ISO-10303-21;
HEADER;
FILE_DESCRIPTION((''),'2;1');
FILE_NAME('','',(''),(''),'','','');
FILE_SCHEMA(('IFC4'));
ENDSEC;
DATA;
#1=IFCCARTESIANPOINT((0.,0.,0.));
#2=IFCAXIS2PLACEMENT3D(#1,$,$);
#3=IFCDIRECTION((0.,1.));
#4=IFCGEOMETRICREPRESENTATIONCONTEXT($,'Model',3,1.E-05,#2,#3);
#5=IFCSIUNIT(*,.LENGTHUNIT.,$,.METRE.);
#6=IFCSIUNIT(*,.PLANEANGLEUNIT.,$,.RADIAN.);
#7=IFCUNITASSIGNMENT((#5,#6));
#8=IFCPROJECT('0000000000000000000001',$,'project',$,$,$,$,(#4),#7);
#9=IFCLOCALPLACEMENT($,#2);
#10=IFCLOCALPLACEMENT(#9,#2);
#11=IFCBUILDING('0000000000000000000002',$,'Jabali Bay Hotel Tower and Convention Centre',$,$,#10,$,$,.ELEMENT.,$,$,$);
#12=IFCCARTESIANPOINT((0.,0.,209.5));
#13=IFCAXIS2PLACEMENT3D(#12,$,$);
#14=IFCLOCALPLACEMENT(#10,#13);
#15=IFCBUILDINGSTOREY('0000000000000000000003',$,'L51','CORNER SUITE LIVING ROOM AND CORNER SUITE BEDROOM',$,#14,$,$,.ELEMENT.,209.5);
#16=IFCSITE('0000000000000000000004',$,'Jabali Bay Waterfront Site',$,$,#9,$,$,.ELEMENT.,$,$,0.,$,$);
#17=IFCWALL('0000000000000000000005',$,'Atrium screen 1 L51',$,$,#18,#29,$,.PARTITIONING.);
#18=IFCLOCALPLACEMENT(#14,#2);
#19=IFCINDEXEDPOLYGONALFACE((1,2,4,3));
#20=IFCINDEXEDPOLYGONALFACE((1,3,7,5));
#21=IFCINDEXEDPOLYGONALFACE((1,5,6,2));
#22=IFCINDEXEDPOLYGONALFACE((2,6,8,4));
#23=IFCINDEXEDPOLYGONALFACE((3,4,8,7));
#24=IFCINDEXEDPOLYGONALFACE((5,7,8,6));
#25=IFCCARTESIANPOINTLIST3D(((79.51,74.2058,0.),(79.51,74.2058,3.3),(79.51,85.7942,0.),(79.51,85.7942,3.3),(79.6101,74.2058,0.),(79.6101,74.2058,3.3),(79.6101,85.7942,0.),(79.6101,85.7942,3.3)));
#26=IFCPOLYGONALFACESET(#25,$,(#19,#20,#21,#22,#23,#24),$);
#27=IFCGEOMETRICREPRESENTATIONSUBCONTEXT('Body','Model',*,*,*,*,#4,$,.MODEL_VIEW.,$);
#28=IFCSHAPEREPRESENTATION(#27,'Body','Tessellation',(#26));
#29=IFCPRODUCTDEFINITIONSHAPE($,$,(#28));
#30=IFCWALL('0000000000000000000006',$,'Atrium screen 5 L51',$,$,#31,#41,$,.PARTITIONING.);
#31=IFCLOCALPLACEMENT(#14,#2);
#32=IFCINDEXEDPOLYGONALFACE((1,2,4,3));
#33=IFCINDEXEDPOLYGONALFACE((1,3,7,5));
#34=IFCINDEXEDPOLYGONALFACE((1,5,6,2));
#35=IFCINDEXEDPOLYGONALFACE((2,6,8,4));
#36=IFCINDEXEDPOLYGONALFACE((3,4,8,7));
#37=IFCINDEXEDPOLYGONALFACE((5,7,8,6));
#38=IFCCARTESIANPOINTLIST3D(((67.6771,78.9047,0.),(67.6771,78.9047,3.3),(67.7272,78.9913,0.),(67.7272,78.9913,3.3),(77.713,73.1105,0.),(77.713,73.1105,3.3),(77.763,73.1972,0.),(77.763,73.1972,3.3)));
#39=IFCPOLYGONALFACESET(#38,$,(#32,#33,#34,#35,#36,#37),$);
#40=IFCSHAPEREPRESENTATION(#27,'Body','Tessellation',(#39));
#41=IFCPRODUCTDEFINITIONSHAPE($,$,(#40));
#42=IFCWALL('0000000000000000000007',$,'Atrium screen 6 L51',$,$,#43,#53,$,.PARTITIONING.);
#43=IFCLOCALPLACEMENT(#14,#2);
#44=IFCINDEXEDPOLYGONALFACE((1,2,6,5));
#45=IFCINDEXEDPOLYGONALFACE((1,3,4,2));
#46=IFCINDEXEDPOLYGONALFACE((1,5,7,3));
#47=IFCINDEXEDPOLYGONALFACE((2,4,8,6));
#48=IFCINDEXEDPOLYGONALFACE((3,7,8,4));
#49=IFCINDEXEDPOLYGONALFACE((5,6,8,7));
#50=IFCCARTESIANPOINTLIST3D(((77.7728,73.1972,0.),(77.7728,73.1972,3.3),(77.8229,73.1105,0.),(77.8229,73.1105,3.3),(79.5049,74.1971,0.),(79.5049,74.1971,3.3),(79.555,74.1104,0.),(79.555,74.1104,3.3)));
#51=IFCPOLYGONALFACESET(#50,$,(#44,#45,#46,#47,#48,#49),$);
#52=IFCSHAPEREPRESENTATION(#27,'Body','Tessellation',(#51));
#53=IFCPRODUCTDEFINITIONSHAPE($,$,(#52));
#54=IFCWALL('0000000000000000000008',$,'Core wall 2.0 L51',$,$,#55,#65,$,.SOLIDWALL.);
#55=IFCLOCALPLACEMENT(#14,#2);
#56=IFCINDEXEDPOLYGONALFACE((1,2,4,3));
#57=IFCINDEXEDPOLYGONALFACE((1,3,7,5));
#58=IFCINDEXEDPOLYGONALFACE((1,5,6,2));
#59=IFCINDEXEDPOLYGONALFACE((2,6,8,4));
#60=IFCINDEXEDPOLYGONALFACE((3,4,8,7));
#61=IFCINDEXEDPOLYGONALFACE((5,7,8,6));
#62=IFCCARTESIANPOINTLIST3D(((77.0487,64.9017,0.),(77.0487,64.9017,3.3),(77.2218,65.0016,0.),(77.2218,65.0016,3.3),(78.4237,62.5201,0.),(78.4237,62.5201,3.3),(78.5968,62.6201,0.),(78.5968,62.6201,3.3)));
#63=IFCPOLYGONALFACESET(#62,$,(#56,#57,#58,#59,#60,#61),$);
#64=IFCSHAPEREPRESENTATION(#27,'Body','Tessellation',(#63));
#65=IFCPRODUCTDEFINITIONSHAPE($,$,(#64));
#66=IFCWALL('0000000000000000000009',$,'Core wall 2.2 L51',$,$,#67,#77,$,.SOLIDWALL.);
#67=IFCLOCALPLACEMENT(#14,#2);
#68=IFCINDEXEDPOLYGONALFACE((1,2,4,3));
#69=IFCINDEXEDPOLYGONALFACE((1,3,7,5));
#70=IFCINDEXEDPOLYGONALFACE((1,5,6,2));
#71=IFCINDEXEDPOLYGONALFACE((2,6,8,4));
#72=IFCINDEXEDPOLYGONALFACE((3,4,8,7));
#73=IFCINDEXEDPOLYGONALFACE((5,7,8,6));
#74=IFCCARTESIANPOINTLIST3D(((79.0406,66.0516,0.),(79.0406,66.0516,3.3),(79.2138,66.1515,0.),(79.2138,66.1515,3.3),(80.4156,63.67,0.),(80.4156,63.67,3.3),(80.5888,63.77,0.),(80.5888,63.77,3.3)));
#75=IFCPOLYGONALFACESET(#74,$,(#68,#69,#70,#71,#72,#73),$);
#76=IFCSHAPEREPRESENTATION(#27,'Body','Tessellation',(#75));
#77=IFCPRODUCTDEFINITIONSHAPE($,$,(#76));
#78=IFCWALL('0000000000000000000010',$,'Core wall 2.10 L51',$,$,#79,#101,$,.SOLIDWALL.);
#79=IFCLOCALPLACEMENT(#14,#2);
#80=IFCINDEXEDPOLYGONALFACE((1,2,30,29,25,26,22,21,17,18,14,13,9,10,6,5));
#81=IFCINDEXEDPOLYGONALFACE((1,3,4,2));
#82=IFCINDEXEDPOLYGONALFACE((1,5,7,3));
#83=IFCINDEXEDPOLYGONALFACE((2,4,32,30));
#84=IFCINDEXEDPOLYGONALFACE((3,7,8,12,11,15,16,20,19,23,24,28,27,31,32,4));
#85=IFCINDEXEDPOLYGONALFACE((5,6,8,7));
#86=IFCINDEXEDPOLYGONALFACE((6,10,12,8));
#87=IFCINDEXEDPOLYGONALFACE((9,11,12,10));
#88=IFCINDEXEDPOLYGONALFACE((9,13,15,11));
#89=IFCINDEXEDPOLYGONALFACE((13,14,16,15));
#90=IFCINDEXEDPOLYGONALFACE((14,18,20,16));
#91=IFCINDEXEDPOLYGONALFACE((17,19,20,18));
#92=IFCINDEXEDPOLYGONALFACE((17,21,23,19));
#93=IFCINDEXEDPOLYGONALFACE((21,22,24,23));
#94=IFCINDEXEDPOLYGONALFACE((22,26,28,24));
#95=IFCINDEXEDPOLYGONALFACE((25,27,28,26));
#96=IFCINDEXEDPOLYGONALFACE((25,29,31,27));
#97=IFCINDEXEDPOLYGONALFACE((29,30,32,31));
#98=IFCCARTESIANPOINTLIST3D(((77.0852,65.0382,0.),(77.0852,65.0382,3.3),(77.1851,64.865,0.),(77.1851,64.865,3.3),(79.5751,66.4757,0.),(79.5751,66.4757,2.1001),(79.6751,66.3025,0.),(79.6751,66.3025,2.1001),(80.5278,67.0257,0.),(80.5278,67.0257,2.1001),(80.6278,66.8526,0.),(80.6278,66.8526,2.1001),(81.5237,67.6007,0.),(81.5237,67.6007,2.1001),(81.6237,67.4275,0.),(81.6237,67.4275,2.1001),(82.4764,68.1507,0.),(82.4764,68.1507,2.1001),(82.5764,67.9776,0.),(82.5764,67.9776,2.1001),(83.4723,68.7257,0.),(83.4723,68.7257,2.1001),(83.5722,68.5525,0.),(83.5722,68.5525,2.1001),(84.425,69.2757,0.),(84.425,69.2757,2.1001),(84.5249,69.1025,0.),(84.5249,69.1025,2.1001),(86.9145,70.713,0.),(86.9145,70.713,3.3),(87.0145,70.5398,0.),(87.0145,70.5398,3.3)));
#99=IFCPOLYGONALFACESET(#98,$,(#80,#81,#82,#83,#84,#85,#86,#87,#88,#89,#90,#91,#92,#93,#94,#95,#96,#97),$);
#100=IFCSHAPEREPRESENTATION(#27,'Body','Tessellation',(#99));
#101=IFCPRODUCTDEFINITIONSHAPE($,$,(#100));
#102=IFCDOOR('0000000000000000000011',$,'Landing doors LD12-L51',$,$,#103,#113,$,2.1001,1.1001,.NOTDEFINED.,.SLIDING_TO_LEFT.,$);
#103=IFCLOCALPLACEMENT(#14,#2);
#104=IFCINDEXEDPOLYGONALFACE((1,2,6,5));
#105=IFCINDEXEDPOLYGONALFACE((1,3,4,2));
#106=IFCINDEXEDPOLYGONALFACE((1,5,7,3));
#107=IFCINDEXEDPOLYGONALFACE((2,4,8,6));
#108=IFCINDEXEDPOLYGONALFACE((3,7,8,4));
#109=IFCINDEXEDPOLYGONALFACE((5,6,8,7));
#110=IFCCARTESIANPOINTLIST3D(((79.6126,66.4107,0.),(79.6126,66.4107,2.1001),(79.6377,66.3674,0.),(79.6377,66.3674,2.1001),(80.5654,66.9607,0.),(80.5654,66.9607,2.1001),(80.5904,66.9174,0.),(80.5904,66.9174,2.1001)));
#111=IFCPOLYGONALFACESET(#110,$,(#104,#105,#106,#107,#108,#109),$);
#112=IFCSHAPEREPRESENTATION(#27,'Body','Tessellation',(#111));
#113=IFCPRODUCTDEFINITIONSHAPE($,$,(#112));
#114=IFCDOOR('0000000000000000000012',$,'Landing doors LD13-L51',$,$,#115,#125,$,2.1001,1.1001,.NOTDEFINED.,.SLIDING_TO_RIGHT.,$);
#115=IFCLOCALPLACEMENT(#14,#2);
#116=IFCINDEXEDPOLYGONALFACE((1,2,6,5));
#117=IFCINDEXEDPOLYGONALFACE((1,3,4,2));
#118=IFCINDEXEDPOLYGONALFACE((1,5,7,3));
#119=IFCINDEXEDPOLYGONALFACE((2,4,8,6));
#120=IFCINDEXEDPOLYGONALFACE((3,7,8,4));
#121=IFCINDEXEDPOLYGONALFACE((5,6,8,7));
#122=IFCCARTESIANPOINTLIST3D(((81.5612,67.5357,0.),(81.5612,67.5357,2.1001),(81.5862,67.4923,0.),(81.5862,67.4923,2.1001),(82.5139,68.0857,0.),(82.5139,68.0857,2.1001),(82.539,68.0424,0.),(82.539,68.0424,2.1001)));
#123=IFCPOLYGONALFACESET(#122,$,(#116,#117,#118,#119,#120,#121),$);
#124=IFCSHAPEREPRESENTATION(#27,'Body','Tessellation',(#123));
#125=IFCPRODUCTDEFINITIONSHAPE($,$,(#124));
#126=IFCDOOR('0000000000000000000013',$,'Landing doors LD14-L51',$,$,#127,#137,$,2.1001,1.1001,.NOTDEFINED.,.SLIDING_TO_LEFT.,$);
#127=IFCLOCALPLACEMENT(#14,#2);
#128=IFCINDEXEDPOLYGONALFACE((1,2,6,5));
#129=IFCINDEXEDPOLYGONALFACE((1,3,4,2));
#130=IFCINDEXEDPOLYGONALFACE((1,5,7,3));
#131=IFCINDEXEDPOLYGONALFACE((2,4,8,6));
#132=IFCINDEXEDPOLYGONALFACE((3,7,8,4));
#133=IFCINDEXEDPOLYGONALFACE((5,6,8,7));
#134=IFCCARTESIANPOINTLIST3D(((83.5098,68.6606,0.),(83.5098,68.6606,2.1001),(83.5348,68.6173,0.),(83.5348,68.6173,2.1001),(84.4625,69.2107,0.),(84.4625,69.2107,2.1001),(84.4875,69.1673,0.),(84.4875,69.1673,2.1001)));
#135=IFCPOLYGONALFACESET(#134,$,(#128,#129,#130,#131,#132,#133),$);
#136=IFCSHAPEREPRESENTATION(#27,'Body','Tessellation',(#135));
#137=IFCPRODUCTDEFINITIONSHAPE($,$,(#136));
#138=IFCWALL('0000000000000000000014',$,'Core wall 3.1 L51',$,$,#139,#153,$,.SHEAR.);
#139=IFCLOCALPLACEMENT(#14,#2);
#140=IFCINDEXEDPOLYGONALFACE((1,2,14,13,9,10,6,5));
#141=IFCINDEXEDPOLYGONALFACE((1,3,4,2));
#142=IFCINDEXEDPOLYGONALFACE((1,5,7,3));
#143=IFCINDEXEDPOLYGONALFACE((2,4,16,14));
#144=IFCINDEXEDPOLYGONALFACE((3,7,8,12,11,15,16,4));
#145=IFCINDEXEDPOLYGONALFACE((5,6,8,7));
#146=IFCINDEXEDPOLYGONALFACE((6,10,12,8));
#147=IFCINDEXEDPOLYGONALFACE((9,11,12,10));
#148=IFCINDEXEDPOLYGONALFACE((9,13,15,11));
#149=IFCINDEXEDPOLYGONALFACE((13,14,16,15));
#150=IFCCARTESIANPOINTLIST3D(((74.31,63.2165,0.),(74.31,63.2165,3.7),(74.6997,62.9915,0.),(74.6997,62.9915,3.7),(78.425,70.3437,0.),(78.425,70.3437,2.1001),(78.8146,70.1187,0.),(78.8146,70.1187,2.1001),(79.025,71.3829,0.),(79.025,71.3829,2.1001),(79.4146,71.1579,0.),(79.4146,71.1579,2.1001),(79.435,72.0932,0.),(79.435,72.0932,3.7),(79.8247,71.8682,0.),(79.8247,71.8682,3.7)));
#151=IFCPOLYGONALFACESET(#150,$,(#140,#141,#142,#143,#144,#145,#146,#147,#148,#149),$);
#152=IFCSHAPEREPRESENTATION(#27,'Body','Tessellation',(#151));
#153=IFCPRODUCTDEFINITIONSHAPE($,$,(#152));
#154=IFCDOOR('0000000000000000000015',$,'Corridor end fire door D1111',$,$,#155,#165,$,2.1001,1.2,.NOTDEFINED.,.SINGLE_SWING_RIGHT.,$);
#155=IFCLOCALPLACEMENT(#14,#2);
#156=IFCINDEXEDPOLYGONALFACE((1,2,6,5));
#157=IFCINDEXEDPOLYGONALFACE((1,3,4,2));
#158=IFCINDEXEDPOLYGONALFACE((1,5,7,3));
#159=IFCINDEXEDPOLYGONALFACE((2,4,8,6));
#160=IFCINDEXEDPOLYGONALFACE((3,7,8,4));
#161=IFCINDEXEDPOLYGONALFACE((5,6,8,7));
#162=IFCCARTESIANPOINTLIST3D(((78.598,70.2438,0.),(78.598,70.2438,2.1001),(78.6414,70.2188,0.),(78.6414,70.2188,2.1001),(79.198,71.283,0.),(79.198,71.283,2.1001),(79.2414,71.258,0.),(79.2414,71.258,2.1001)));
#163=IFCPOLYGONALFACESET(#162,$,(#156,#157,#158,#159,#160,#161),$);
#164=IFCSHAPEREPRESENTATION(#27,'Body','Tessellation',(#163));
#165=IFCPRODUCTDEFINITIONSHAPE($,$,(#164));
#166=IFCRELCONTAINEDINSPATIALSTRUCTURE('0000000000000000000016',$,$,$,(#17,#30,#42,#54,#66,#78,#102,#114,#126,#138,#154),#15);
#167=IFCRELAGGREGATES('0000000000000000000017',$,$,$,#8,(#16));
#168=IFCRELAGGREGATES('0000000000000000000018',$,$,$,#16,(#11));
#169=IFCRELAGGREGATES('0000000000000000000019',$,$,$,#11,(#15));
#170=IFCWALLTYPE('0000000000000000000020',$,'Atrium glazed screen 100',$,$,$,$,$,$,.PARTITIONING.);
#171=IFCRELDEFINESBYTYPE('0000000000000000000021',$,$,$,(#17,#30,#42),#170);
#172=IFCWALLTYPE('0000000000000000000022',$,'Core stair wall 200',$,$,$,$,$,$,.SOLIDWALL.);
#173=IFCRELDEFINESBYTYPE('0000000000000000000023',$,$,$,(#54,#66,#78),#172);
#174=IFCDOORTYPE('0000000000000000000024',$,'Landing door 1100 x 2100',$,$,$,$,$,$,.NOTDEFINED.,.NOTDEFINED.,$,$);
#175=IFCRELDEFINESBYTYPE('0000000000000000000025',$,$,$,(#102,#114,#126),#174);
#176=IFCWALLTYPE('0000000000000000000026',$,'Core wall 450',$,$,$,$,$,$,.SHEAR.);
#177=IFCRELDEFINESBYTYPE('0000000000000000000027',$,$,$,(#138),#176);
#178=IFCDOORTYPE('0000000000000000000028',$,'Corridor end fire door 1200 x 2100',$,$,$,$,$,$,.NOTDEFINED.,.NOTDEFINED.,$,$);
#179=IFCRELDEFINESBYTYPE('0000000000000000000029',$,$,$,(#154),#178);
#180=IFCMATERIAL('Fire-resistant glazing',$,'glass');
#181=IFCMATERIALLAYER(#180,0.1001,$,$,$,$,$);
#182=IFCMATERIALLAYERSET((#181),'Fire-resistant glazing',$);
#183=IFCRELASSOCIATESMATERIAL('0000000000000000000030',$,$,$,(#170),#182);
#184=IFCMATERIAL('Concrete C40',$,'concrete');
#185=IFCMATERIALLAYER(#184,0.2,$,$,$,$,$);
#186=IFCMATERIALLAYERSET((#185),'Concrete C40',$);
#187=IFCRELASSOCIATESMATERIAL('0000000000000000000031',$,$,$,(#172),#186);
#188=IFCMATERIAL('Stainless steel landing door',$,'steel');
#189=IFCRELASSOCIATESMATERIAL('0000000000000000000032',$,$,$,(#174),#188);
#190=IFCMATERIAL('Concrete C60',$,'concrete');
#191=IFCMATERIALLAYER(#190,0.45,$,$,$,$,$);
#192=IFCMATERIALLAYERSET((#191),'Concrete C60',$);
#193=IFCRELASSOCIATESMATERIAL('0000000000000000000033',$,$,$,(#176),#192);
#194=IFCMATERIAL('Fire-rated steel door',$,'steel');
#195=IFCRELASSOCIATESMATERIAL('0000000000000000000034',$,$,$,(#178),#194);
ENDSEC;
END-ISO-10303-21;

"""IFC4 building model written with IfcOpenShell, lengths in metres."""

from ifc_helpers import new_model, si_unit, direction, frame, frame_2d, origin, place, context, subcontext, project, spatial, rectangle, extrude, material, layer, layer_set, type_object, element, fill, save


model = new_model("IFC4")

# Units and contexts
model_context = context("Model", 3, precision=1e-05, world=origin(), true_north=direction((0.0, 1.0)))
body_context = subcontext(model_context, "Body", "Model", "MODEL_VIEW")
ifc_project = project(units=[si_unit("LENGTHUNIT", "METRE"), si_unit("PLANEANGLEUNIT", "RADIAN")], contexts=[model_context])

# Site, building, storey
site_placement = place(None, origin())
site = spatial("IfcSite", under=ifc_project, at=site_placement, Name="Jabali Bay Waterfront Site", CompositionType="ELEMENT", RefElevation=0.0)
building_placement = place(site_placement, origin())
building = spatial("IfcBuilding", under=site, at=building_placement, Name="Jabali Bay Hotel Tower and Convention Centre", CompositionType="ELEMENT")
storey_placement = place(building_placement, frame((0.0, 0.0, 209.5)))
storey = spatial("IfcBuildingStorey", under=building, at=storey_placement, Name="L51", Description="CORNER SUITE LIVING ROOM AND CORNER SUITE BEDROOM", CompositionType="ELEMENT", Elevation=209.5)

# Walls
ifc_material_1 = material(Name="Fire-resistant glazing", Category="glass")
ifc_layer_1 = layer(ifc_material_1, 0.1001)
ifc_layer_set_1 = layer_set([ifc_layer_1], Name="Fire-resistant glazing")
wall_type_1 = type_object("IfcWallType", Name="Atrium glazed screen 100", PredefinedType="PARTITIONING", material=ifc_layer_set_1)
for number, where, z_axis, x_axis, name in (
    (1, (79.5601, 74.2058, 0.0), (0.0, 0.0, 1.0), (0.0, 1.0, 0.0), "Atrium screen 1 L51"),
    (2, (67.7021, 78.948, 0.0), (0.0, 0.0, 1.0), (0.866027, -0.499998, 0.0), "Atrium screen 5 L51"),
):
    element("IfcWall", number, at=place(storey_placement, frame(where, z_axis=z_axis, x_axis=x_axis)), inside=storey, type_object=wall_type_1, Name=name, PredefinedType="PARTITIONING", context=body_context, shape_type="SweptSolid", body=[
        extrude(rectangle(XDim=11.5884, YDim=0.1001, at=frame_2d((5.7942, 0.0))), origin(), (0.0, 0.0, 1.0), 3.3),
    ])
wall_1_placement = place(storey_placement, frame((77.7979, 73.1538, 0.0), z_axis=(0.0, 0.0, 1.0), x_axis=(0.866041, 0.499973, 0.0)))
element("IfcWall", 3, at=wall_1_placement, inside=storey, type_object=wall_type_1, Name="Atrium screen 6 L51", PredefinedType="PARTITIONING", context=body_context, shape_type="SweptSolid", body=[
    extrude(rectangle(XDim=2.0, YDim=0.1001, at=frame_2d((1.0, 0.0))), origin(), (0.0, 0.0, 1.0), 3.3),
])
ifc_material_2 = material(Name="Concrete C40", Category="concrete")
ifc_layer_2 = layer(ifc_material_2, 0.2)
ifc_layer_set_2 = layer_set([ifc_layer_2], Name="Concrete C40")
wall_type_2 = type_object("IfcWallType", Name="Core stair wall 200", PredefinedType="SOLIDWALL", material=ifc_layer_set_2)
for number, where, z_axis, x_axis, name in (
    (4, (77.1353, 64.9517, 0.0), (0.0, 0.0, 1.0), (0.499997, -0.866027, 0.0), "Core wall 2.0 L51"),
    (5, (79.1272, 66.1016, 0.0), (0.0, 0.0, 1.0), (0.499997, -0.866027, 0.0), "Core wall 2.2 L51"),
):
    element("IfcWall", number, at=place(storey_placement, frame(where, z_axis=z_axis, x_axis=x_axis)), inside=storey, type_object=wall_type_2, Name=name, PredefinedType="SOLIDWALL", context=body_context, shape_type="SweptSolid", body=[
        extrude(rectangle(XDim=2.75, YDim=0.2, at=frame_2d((1.375, 0.0))), origin(), (0.0, 0.0, 1.0), 3.3),
    ])

# Wall, openings, doors
wall_2_placement = place(storey_placement, frame((77.1353, 64.9517, 0.0), z_axis=(0.0, 0.0, 1.0), x_axis=(0.866032, 0.499989, 0.0)))
wall_2 = element("IfcWall", 6, at=wall_2_placement, inside=storey, type_object=wall_type_2, Name="Core wall 2.10 L51", PredefinedType="SOLIDWALL", context=body_context, shape_type="SweptSolid", body=[
    extrude(rectangle(XDim=11.3499, YDim=0.2, at=frame_2d((5.6748, 0.0))), origin(), (0.0, 0.0, 1.0), 3.3),
])
opening_1_placement = place(wall_2_placement, frame((2.875, 0.0, 0.0)))
opening_1 = element("IfcOpeningElement", 7, at=opening_1_placement, cuts=wall_2, PredefinedType="OPENING", context=body_context, shape_type="SweptSolid", body=[
    extrude(rectangle(XDim=1.1001, YDim=2.1001, at=frame_2d((0.55, 1.05))), frame((0.0, 0.1104, 0.0), z_axis=(0.0, -1.0, 0.0), x_axis=(1.0, 0.0, 0.0)), (0.0, 0.0, 1.0), 0.2209),
])
opening_2_placement = place(wall_2_placement, frame((5.125, 0.0, 0.0)))
opening_2 = element("IfcOpeningElement", 8, at=opening_2_placement, cuts=wall_2, PredefinedType="OPENING", context=body_context, shape_type="SweptSolid", body=[
    extrude(rectangle(XDim=1.1001, YDim=2.1001, at=frame_2d((0.55, 1.05))), frame((0.0, 0.1104, 0.0), z_axis=(0.0, -1.0, 0.0), x_axis=(1.0, 0.0, 0.0)), (0.0, 0.0, 1.0), 0.2209),
])
opening_3_placement = place(wall_2_placement, frame((7.375, 0.0, 0.0)))
opening_3 = element("IfcOpeningElement", 9, at=opening_3_placement, cuts=wall_2, PredefinedType="OPENING", context=body_context, shape_type="SweptSolid", body=[
    extrude(rectangle(XDim=1.1001, YDim=2.1001, at=frame_2d((0.55, 1.05))), frame((0.0, 0.1104, 0.0), z_axis=(0.0, -1.0, 0.0), x_axis=(1.0, 0.0, 0.0)), (0.0, 0.0, 1.0), 0.2209),
])
ifc_material_3 = material(Name="Stainless steel landing door", Category="steel")
door_type_1 = type_object("IfcDoorType", Name="Landing door 1100 x 2100", OperationType="NOTDEFINED", PredefinedType="NOTDEFINED", material=ifc_material_3)
door_1_placement = place(opening_1_placement, origin())
door_1 = element("IfcDoor", 10, at=door_1_placement, inside=storey, type_object=door_type_1, Name="Landing doors LD12-L51", OperationType="SLIDING_TO_LEFT", OverallHeight=2.1001, OverallWidth=1.1001, PredefinedType="NOTDEFINED", context=body_context, shape_type="SweptSolid", body=[
    extrude(rectangle(XDim=1.1001, YDim=2.1001, at=frame_2d((0.55, 1.05))), frame((0.0, 0.0249, 0.0), z_axis=(0.0, -1.0, 0.0), x_axis=(1.0, 0.0, 0.0)), (0.0, 0.0, 1.0), 0.05),
])
fill(opening_1, door_1)
door_2_placement = place(opening_2_placement, origin())
door_2 = element("IfcDoor", 11, at=door_2_placement, inside=storey, type_object=door_type_1, Name="Landing doors LD13-L51", OperationType="SLIDING_TO_RIGHT", OverallHeight=2.1001, OverallWidth=1.1001, PredefinedType="NOTDEFINED", context=body_context, shape_type="SweptSolid", body=[
    extrude(rectangle(XDim=1.1001, YDim=2.1001, at=frame_2d((0.55, 1.05))), frame((0.0, 0.0249, 0.0), z_axis=(0.0, -1.0, 0.0), x_axis=(1.0, 0.0, 0.0)), (0.0, 0.0, 1.0), 0.05),
])
fill(opening_2, door_2)
door_3_placement = place(opening_3_placement, origin())
door_3 = element("IfcDoor", 12, at=door_3_placement, inside=storey, type_object=door_type_1, Name="Landing doors LD14-L51", OperationType="SLIDING_TO_LEFT", OverallHeight=2.1001, OverallWidth=1.1001, PredefinedType="NOTDEFINED", context=body_context, shape_type="SweptSolid", body=[
    extrude(rectangle(XDim=1.1001, YDim=2.1001, at=frame_2d((0.55, 1.05))), frame((0.0, 0.0249, 0.0), z_axis=(0.0, -1.0, 0.0), x_axis=(1.0, 0.0, 0.0)), (0.0, 0.0, 1.0), 0.05),
])
fill(opening_3, door_3)

# Wall, opening, door
ifc_material_4 = material(Name="Concrete C60", Category="concrete")
ifc_layer_3 = layer(ifc_material_4, 0.45)
ifc_layer_set_3 = layer_set([ifc_layer_3], Name="Concrete C60")
wall_type_3 = type_object("IfcWallType", Name="Core wall 450", PredefinedType="SHEAR", material=ifc_layer_set_3)
wall_3_placement = place(storey_placement, frame((79.6299, 71.9807, 0.0), z_axis=(0.0, 0.0, 1.0), x_axis=(-0.500002, -0.866024, 0.0)))
wall_3 = element("IfcWall", 13, at=wall_3_placement, inside=storey, type_object=wall_type_3, Name="Core wall 3.1 L51", PredefinedType="SHEAR", context=body_context, shape_type="SweptSolid", body=[
    extrude(rectangle(XDim=10.25, YDim=0.45, at=frame_2d((5.125, 0.0))), origin(), (0.0, 0.0, 1.0), 3.7),
])
opening_4_placement = place(wall_3_placement, frame((0.8201, 0.0, 0.0)))
opening_4 = element("IfcOpeningElement", 14, at=opening_4_placement, cuts=wall_3, PredefinedType="OPENING", context=body_context, shape_type="SweptSolid", body=[
    extrude(rectangle(XDim=1.2, YDim=2.1001, at=frame_2d((0.6001, 1.05))), frame((0.0, 0.2354, 0.0), z_axis=(0.0, -1.0, 0.0), x_axis=(1.0, 0.0, 0.0)), (0.0, 0.0, 1.0), 0.4709),
])
ifc_material_5 = material(Name="Fire-rated steel door", Category="steel")
door_type_2 = type_object("IfcDoorType", Name="Corridor end fire door 1200 x 2100", OperationType="NOTDEFINED", PredefinedType="NOTDEFINED", material=ifc_material_5)
door_4_placement = place(opening_4_placement, origin())
door_4 = element("IfcDoor", 15, at=door_4_placement, inside=storey, type_object=door_type_2, Name="Corridor end fire door D1111", OperationType="SINGLE_SWING_RIGHT", OverallHeight=2.1001, OverallWidth=1.2, PredefinedType="NOTDEFINED", context=body_context, shape_type="SweptSolid", body=[
    extrude(rectangle(XDim=1.2, YDim=2.1001, at=frame_2d((0.6001, 1.05))), frame((0.0, 0.0249, 0.0), z_axis=(0.0, -1.0, 0.0), x_axis=(1.0, 0.0, 0.0)), (0.0, 0.0, 1.0), 0.05),
])
fill(opening_4, door_4)

save(model, "model.ifc")
